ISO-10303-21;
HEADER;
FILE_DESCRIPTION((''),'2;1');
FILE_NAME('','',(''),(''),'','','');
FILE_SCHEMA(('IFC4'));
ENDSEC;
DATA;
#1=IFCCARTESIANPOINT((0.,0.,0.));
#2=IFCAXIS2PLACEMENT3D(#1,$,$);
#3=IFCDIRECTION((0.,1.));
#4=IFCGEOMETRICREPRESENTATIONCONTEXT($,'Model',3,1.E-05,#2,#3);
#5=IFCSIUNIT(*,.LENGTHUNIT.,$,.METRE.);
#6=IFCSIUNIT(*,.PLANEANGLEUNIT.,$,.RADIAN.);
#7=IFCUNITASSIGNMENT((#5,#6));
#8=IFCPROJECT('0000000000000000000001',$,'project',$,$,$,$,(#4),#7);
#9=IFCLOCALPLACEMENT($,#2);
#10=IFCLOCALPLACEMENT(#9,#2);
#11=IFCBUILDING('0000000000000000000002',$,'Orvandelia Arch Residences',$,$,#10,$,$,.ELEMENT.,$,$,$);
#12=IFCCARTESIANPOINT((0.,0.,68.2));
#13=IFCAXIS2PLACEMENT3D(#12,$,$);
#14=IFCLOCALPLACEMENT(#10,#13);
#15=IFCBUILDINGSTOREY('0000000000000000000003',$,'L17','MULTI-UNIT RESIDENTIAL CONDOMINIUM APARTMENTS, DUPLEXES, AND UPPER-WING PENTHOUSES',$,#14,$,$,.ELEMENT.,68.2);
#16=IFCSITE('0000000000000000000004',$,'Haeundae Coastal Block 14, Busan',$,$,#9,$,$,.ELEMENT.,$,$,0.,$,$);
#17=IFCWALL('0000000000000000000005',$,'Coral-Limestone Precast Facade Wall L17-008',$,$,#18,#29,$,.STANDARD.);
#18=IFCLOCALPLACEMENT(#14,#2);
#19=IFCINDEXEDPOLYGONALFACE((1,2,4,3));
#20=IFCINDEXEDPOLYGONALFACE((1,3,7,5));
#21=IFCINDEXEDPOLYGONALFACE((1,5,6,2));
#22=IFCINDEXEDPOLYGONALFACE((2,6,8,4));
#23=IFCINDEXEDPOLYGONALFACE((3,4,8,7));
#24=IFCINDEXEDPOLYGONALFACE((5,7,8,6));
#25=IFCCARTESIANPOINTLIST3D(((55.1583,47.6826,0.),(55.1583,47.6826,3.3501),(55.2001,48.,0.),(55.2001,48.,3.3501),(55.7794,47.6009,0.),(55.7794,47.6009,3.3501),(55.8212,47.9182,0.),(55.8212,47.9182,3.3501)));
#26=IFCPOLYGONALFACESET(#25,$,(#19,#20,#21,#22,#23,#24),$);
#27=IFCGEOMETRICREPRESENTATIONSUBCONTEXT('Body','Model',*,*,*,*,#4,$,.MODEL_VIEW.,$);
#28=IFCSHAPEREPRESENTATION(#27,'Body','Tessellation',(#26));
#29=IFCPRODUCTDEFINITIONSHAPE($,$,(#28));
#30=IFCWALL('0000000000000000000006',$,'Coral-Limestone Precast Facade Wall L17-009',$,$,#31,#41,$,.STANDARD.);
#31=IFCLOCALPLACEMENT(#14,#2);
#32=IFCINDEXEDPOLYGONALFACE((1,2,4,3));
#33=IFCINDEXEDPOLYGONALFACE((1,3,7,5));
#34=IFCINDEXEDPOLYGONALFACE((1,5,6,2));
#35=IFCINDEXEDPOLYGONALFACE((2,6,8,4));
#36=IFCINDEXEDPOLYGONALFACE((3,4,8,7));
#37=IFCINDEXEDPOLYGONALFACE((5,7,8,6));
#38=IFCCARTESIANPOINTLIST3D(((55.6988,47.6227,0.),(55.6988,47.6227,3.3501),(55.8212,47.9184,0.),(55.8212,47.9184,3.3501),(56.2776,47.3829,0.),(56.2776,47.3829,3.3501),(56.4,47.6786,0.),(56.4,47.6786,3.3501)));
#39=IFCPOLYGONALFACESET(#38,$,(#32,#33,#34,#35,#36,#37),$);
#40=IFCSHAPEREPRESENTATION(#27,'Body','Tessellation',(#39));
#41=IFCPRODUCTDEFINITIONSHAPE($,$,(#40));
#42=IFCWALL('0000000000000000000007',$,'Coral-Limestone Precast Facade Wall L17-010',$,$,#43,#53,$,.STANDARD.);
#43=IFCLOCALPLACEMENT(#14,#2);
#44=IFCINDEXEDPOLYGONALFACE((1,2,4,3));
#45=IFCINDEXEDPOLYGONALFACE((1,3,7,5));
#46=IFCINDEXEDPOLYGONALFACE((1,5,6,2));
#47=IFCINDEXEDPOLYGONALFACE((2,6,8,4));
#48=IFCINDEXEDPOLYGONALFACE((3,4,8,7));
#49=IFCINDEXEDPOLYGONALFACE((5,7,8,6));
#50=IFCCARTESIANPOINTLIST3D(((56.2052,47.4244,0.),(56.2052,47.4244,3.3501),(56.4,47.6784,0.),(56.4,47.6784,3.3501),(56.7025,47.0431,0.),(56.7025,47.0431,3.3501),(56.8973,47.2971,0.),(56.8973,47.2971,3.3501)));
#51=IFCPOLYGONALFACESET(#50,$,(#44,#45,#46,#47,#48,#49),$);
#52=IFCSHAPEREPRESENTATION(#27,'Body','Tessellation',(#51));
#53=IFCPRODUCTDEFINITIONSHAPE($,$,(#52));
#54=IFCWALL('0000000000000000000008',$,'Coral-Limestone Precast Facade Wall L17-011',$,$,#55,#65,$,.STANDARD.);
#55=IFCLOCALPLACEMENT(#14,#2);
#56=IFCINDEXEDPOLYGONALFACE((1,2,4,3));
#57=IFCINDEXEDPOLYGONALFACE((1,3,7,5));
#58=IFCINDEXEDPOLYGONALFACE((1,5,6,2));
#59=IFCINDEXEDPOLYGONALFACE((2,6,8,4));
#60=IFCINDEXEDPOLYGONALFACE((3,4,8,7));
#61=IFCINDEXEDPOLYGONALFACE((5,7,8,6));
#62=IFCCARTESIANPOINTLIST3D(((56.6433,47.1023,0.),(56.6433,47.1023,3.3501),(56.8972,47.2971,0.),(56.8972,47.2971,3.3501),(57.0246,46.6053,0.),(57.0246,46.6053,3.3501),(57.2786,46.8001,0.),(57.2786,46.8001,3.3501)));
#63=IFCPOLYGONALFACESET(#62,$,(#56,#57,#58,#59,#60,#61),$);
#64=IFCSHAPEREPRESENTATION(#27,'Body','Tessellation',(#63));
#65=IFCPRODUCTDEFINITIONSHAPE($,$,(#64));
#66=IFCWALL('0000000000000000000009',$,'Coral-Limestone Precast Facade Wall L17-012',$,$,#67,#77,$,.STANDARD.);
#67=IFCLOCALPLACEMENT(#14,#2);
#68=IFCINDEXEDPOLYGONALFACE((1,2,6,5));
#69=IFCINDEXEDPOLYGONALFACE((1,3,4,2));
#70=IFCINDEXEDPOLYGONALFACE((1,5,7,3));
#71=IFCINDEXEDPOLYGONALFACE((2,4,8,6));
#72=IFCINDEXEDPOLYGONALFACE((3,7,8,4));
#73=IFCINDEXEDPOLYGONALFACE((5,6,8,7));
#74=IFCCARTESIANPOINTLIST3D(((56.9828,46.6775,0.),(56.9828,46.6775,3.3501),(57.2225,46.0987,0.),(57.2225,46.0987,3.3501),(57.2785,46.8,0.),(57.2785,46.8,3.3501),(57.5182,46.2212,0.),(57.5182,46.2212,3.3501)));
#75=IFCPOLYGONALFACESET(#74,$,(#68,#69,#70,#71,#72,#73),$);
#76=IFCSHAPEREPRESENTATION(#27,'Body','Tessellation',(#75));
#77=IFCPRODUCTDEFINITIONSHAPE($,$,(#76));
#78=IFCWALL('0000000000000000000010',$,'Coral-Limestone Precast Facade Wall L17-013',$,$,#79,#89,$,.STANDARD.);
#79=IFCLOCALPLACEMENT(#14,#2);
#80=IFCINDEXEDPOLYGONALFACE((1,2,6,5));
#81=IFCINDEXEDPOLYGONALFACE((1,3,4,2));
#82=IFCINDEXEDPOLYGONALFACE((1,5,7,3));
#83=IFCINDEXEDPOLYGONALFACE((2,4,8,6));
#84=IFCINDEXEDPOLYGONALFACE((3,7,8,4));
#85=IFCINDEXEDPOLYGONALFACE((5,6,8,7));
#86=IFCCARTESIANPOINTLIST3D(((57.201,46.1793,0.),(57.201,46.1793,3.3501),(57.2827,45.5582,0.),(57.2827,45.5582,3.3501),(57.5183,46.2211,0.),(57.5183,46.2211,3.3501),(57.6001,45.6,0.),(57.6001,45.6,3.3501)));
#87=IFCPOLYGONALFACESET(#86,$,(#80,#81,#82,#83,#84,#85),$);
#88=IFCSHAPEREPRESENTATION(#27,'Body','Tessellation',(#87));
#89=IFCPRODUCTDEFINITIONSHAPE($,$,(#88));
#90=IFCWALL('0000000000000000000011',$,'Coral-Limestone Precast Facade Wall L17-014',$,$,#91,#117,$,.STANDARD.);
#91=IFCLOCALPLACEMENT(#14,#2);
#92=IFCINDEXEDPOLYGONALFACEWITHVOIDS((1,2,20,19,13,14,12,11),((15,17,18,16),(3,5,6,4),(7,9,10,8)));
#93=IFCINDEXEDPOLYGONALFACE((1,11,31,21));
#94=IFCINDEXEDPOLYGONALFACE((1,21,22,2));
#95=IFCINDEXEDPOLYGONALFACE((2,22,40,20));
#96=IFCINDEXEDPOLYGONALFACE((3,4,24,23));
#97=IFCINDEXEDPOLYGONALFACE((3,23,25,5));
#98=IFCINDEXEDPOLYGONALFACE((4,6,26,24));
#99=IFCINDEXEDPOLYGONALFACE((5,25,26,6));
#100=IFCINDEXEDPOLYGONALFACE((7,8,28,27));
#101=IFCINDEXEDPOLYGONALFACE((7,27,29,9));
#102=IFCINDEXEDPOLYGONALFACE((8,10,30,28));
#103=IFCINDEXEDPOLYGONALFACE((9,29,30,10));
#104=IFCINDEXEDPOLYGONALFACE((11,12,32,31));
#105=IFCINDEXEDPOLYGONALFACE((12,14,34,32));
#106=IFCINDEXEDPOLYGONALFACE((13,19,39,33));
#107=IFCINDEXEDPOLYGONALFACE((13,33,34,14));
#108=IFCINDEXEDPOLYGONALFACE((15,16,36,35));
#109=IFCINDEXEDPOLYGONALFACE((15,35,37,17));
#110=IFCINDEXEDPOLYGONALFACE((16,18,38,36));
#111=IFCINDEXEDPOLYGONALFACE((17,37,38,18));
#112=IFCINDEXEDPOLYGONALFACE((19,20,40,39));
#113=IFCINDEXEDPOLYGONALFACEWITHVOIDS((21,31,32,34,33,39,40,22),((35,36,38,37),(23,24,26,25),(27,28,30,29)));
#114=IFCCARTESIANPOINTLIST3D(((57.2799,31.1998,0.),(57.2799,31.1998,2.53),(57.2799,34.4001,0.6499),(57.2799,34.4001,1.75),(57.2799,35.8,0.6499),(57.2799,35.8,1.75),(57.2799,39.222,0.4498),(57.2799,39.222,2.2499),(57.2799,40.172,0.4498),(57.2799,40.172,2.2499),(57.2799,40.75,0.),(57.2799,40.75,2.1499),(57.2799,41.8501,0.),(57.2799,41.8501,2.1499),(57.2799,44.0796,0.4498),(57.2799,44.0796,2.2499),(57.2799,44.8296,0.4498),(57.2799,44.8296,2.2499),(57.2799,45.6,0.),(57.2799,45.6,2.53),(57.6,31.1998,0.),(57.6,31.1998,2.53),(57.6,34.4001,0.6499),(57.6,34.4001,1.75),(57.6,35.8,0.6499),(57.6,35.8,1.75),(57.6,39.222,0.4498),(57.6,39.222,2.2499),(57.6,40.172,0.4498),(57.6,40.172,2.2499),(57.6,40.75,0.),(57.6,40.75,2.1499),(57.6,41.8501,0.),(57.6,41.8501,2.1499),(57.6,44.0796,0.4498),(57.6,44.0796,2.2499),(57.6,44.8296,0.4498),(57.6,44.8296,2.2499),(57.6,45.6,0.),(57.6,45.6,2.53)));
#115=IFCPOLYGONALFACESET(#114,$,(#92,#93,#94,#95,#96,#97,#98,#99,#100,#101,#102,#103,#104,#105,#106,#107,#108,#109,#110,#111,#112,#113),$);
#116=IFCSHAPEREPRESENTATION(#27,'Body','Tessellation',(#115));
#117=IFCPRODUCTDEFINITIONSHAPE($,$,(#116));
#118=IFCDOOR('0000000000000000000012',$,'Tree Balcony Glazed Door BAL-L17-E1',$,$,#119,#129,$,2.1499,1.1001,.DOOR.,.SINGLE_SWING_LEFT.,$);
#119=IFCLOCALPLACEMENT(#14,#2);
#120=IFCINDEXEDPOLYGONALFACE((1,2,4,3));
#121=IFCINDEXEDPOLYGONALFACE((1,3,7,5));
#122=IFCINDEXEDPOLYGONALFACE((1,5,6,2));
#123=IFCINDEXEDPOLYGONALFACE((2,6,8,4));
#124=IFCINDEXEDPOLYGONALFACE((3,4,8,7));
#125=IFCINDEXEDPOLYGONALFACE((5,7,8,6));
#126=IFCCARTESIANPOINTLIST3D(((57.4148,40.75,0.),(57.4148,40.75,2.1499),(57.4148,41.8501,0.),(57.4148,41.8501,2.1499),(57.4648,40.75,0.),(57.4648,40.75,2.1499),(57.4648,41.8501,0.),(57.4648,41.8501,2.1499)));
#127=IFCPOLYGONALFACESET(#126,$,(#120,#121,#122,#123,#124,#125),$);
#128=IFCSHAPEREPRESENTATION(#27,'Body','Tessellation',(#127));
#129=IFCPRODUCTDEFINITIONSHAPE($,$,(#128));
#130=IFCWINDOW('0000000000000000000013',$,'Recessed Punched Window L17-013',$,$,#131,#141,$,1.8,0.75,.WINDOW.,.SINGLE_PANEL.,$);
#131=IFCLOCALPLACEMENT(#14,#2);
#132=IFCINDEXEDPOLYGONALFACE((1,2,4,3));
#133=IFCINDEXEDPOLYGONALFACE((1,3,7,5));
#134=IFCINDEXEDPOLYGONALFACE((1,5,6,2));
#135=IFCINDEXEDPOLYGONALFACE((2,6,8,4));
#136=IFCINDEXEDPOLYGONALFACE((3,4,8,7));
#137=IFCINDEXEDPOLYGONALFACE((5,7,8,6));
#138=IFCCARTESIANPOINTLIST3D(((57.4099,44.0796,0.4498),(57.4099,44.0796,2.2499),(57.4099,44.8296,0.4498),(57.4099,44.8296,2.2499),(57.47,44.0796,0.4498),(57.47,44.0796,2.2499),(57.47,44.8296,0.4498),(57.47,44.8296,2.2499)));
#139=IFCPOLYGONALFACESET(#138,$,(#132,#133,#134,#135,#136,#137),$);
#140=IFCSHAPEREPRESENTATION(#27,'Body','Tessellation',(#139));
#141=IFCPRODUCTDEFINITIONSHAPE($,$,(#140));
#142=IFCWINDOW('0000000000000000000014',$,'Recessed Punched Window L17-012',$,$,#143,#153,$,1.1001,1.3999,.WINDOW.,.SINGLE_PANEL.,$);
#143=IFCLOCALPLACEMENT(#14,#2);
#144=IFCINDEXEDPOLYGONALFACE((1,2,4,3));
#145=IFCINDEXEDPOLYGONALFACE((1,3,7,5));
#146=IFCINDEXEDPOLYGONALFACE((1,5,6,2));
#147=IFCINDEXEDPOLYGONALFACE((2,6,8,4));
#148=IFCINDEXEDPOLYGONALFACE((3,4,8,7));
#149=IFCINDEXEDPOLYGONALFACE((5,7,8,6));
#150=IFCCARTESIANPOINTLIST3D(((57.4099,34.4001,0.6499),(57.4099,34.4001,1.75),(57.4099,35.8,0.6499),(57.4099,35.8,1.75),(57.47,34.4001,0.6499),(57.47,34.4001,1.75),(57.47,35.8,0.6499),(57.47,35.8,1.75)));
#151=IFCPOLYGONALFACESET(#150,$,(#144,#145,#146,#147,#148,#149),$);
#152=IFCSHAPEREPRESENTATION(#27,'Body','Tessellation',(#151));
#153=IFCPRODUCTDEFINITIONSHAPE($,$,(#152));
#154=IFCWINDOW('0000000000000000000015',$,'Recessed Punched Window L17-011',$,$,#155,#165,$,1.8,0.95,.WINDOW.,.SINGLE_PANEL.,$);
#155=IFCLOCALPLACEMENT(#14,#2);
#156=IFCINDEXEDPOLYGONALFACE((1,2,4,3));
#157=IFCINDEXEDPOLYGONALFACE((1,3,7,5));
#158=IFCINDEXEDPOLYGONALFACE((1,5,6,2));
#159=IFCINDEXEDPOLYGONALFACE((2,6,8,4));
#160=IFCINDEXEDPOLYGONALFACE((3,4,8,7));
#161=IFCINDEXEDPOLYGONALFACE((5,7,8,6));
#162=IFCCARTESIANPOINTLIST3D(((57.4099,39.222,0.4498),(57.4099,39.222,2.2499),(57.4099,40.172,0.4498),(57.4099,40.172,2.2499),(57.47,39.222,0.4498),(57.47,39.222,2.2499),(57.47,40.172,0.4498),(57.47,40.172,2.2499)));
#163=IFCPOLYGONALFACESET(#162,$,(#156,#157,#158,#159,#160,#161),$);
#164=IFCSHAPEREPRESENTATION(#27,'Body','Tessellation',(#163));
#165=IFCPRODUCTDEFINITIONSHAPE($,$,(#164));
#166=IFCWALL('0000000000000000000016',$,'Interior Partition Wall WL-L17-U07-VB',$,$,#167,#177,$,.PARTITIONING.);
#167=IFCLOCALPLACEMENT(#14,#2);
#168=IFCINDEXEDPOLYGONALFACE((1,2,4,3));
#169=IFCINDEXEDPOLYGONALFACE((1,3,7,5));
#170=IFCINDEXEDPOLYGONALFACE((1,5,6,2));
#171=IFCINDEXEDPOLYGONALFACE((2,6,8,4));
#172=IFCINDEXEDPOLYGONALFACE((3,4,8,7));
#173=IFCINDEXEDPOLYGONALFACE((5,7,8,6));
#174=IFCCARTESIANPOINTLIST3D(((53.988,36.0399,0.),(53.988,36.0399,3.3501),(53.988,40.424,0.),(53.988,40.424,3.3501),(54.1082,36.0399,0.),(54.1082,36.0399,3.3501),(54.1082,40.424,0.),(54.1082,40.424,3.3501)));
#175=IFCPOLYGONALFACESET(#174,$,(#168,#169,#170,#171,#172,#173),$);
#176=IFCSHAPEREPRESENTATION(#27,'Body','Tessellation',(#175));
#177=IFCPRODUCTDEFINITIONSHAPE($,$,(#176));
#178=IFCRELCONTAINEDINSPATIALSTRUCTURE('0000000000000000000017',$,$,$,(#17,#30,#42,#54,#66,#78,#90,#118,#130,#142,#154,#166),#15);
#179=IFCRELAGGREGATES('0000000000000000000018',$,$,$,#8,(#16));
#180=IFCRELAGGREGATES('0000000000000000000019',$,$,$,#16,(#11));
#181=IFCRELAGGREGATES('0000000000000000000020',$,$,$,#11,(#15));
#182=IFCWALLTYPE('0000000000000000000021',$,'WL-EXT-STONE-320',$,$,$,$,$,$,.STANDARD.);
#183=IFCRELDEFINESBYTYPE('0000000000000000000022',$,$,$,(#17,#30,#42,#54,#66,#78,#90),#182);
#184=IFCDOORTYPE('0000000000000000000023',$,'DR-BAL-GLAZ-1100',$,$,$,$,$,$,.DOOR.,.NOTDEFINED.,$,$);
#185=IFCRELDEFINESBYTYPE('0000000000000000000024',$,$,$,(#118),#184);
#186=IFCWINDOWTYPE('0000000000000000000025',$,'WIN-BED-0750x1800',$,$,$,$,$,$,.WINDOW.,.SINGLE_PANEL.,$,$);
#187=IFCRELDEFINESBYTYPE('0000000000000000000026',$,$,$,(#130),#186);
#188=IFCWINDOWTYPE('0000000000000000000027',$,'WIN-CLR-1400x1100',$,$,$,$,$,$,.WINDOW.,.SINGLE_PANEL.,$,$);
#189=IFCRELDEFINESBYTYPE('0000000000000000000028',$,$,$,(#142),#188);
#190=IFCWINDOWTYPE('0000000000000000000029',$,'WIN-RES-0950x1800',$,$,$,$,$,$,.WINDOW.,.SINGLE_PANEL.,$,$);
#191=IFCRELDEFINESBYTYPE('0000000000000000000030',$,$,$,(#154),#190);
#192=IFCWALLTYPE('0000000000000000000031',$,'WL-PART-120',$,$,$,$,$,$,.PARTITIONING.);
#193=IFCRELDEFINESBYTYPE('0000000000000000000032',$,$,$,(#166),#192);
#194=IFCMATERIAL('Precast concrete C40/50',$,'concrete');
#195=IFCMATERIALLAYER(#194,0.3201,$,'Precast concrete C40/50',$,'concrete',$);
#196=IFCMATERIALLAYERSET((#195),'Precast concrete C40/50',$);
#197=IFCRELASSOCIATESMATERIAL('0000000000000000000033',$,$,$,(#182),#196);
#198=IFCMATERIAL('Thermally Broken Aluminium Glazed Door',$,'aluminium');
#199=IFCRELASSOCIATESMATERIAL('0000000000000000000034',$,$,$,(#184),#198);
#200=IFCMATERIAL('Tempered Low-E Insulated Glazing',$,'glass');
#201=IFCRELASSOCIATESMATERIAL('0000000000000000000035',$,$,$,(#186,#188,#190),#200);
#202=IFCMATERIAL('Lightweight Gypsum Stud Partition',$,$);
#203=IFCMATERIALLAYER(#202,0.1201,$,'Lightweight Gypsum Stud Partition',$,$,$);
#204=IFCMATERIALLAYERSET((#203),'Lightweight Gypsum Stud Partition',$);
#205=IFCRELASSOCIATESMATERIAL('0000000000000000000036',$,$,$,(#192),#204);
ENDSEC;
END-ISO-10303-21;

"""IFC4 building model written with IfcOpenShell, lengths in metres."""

from ifc_helpers import new_model, si_unit, direction, frame, frame_2d, origin, place, context, subcontext, project, spatial, rectangle, extrude, material, layer, layer_set, type_object, element, fill, save


model = new_model("IFC4")

# Units and contexts
model_context = context("Model", 3, precision=1e-05, world=origin(), true_north=direction((0.0, 1.0)))
body_context = subcontext(model_context, "Body", "Model", "MODEL_VIEW")
ifc_project = project(units=[si_unit("LENGTHUNIT", "METRE"), si_unit("PLANEANGLEUNIT", "RADIAN")], contexts=[model_context])

# Site, building, storey
site_placement = place(None, origin())
site = spatial("IfcSite", under=ifc_project, at=site_placement, Name="Haeundae Coastal Block 14, Busan", CompositionType="ELEMENT", RefElevation=0.0)
building_placement = place(site_placement, origin())
building = spatial("IfcBuilding", under=site, at=building_placement, Name="Orvandelia Arch Residences", CompositionType="ELEMENT")
storey_placement = place(building_placement, frame((0.0, 0.0, 68.2)))
storey = spatial("IfcBuildingStorey", under=building, at=storey_placement, Name="L17", Description="MULTI-UNIT RESIDENTIAL CONDOMINIUM APARTMENTS, DUPLEXES, AND UPPER-WING PENTHOUSES", CompositionType="ELEMENT", Elevation=68.2)

# Walls
ifc_material_1 = material(Name="Precast concrete C40/50", Category="concrete")
ifc_layer_1 = layer(ifc_material_1, 0.3201, Name="Precast concrete C40/50", Category="concrete")
ifc_layer_set_1 = layer_set([ifc_layer_1], Name="Precast concrete C40/50")
wall_type_1 = type_object("IfcWallType", Name="WL-EXT-STONE-320", PredefinedType="STANDARD", material=ifc_layer_set_1)
for number, where, z_axis, x_axis, name in (
    (1, (55.1792, 47.8413, 0.0), (0.0, 0.0, 1.0), (0.991441, -0.130555, 0.0), "Coral-Limestone Precast Facade Wall L17-008"),
    (2, (55.76, 47.7705, 0.0), (0.0, 0.0, 1.0), (0.923893, -0.38265, 0.0), "Coral-Limestone Precast Facade Wall L17-009"),
):
    element("IfcWall", number, at=place(storey_placement, frame(where, z_axis=z_axis, x_axis=x_axis)), inside=storey, type_object=wall_type_1, Name=name, PredefinedType="STANDARD", context=body_context, shape_type="SweptSolid", body=[
        extrude(rectangle(XDim=0.6265, YDim=0.3201, at=frame_2d((0.3132, 0.0))), origin(), (0.0, 0.0, 1.0), 3.3501),
    ])
wall_1_placement = place(storey_placement, frame((56.3025, 47.5515, 0.0), z_axis=(0.0, 0.0, 1.0), x_axis=(0.79355, -0.608505, 0.0)))
element("IfcWall", 3, at=wall_1_placement, inside=storey, type_object=wall_type_1, Name="Coral-Limestone Precast Facade Wall L17-010", PredefinedType="STANDARD", context=body_context, shape_type="SweptSolid", body=[
    extrude(rectangle(XDim=0.6267, YDim=0.3201, at=frame_2d((0.3135, 0.0))), origin(), (0.0, 0.0, 1.0), 3.3501),
])
for number, where, z_axis, x_axis, name in (
    (4, (56.7703, 47.1997, 0.0), (0.0, 0.0, 1.0), (0.608693, -0.793406, 0.0), "Coral-Limestone Precast Facade Wall L17-011"),
    (5, (57.1306, 46.7388, 0.0), (0.0, 0.0, 1.0), (0.38265, -0.923893, 0.0), "Coral-Limestone Precast Facade Wall L17-012"),
    (6, (57.3596, 46.2002, 0.0), (0.0, 0.0, 1.0), (0.130555, -0.991441, 0.0), "Coral-Limestone Precast Facade Wall L17-013"),
):
    element("IfcWall", number, at=place(storey_placement, frame(where, z_axis=z_axis, x_axis=x_axis)), inside=storey, type_object=wall_type_1, Name=name, PredefinedType="STANDARD", context=body_context, shape_type="SweptSolid", body=[
        extrude(rectangle(XDim=0.6265, YDim=0.3201, at=frame_2d((0.3132, 0.0))), origin(), (0.0, 0.0, 1.0), 3.3501),
    ])

# Wall, openings, door, windows
wall_2_placement = place(storey_placement, frame((57.4399, 45.6001, 0.0), z_axis=(0.0, 0.0, 1.0), x_axis=(0.0, -1.0, 0.0)))
wall_2 = element("IfcWall", 7, at=wall_2_placement, inside=storey, type_object=wall_type_1, Name="Coral-Limestone Precast Facade Wall L17-014", PredefinedType="STANDARD", context=body_context, shape_type="SweptSolid", body=[
    extrude(rectangle(XDim=14.4001, YDim=0.3201, at=frame_2d((7.2002, 0.0))), origin(), (0.0, 0.0, 1.0), 2.53),
])
opening_1_placement = place(wall_2_placement, frame((3.75, 0.0, 0.0)))
opening_1 = element("IfcOpeningElement", 8, at=opening_1_placement, cuts=wall_2, PredefinedType="OPENING", context=body_context, shape_type="SweptSolid", body=[
    extrude(rectangle(XDim=1.1001, YDim=2.1499, at=frame_2d((0.55, 1.075))), frame((0.0, 0.1699, 0.0), z_axis=(0.0, -1.0, 0.0), x_axis=(1.0, 0.0, 0.0)), (0.0, 0.0, 1.0), 0.3401),
])
opening_2_placement = place(wall_2_placement, frame((5.428, 0.0, 0.45)))
opening_2 = element("IfcOpeningElement", 9, at=opening_2_placement, cuts=wall_2, PredefinedType="OPENING", context=body_context, shape_type="SweptSolid", body=[
    extrude(rectangle(XDim=0.95, YDim=1.8, at=frame_2d((0.4751, 0.8999))), frame((0.0, 0.1699, 0.0), z_axis=(0.0, -1.0, 0.0), x_axis=(1.0, 0.0, 0.0)), (0.0, 0.0, 1.0), 0.3401),
])
opening_3_placement = place(wall_2_placement, frame((9.8, 0.0, 0.6499)))
opening_3 = element("IfcOpeningElement", 10, at=opening_3_placement, cuts=wall_2, PredefinedType="OPENING", context=body_context, shape_type="SweptSolid", body=[
    extrude(rectangle(XDim=1.3999, YDim=1.1001, at=frame_2d((0.7, 0.55))), frame((0.0, 0.1699, 0.0), z_axis=(0.0, -1.0, 0.0), x_axis=(1.0, 0.0, 0.0)), (0.0, 0.0, 1.0), 0.3401),
])
opening_4_placement = place(wall_2_placement, frame((0.7705, 0.0, 0.45)))
opening_4 = element("IfcOpeningElement", 11, at=opening_4_placement, cuts=wall_2, PredefinedType="OPENING", context=body_context, shape_type="SweptSolid", body=[
    extrude(rectangle(XDim=0.75, YDim=1.8, at=frame_2d((0.375, 0.8999))), frame((0.0, 0.1699, 0.0), z_axis=(0.0, -1.0, 0.0), x_axis=(1.0, 0.0, 0.0)), (0.0, 0.0, 1.0), 0.3401),
])
ifc_material_2 = material(Name="Thermally Broken Aluminium Glazed Door", Category="aluminium")
door_type = type_object("IfcDoorType", Name="DR-BAL-GLAZ-1100", OperationType="NOTDEFINED", PredefinedType="DOOR", material=ifc_material_2)
door_placement = place(opening_1_placement, origin())
door = element("IfcDoor", 12, at=door_placement, inside=storey, type_object=door_type, Name="Tree Balcony Glazed Door BAL-L17-E1", OperationType="SINGLE_SWING_LEFT", OverallHeight=2.1499, OverallWidth=1.1001, PredefinedType="DOOR", context=body_context, shape_type="SweptSolid", body=[
    extrude(rectangle(XDim=1.1001, YDim=2.1499, at=frame_2d((0.55, 1.075))), frame((0.0, 0.0249, 0.0), z_axis=(0.0, -1.0, 0.0), x_axis=(1.0, 0.0, 0.0)), (0.0, 0.0, 1.0), 0.05),
])
fill(opening_1, door)
ifc_material_3 = material(Name="Tempered Low-E Insulated Glazing", Category="glass")
window_type_1 = type_object("IfcWindowType", Name="WIN-BED-0750x1800", PartitioningType="SINGLE_PANEL", PredefinedType="WINDOW", material=ifc_material_3)
window_1_placement = place(opening_4_placement, origin())
window_1 = element("IfcWindow", 13, at=window_1_placement, inside=storey, type_object=window_type_1, Name="Recessed Punched Window L17-013", OverallHeight=1.8, OverallWidth=0.75, PartitioningType="SINGLE_PANEL", PredefinedType="WINDOW", context=body_context, shape_type="SweptSolid", body=[
    extrude(rectangle(XDim=0.75, YDim=1.8, at=frame_2d((0.375, 0.8999))), frame((0.0, 0.03, 0.0), z_axis=(0.0, -1.0, 0.0), x_axis=(1.0, 0.0, 0.0)), (0.0, 0.0, 1.0), 0.0601),
])
fill(opening_4, window_1)
window_type_2 = type_object("IfcWindowType", Name="WIN-CLR-1400x1100", PartitioningType="SINGLE_PANEL", PredefinedType="WINDOW", material=ifc_material_3)
window_2_placement = place(opening_3_placement, origin())
window_2 = element("IfcWindow", 14, at=window_2_placement, inside=storey, type_object=window_type_2, Name="Recessed Punched Window L17-012", OverallHeight=1.1001, OverallWidth=1.3999, PartitioningType="SINGLE_PANEL", PredefinedType="WINDOW", context=body_context, shape_type="SweptSolid", body=[
    extrude(rectangle(XDim=1.3999, YDim=1.1001, at=frame_2d((0.7, 0.55))), frame((0.0, 0.03, 0.0), z_axis=(0.0, -1.0, 0.0), x_axis=(1.0, 0.0, 0.0)), (0.0, 0.0, 1.0), 0.0601),
])
fill(opening_3, window_2)
window_type_3 = type_object("IfcWindowType", Name="WIN-RES-0950x1800", PartitioningType="SINGLE_PANEL", PredefinedType="WINDOW", material=ifc_material_3)
window_3_placement = place(opening_2_placement, origin())
window_3 = element("IfcWindow", 15, at=window_3_placement, inside=storey, type_object=window_type_3, Name="Recessed Punched Window L17-011", OverallHeight=1.8, OverallWidth=0.95, PartitioningType="SINGLE_PANEL", PredefinedType="WINDOW", context=body_context, shape_type="SweptSolid", body=[
    extrude(rectangle(XDim=0.95, YDim=1.8, at=frame_2d((0.4751, 0.8999))), frame((0.0, 0.03, 0.0), z_axis=(0.0, -1.0, 0.0), x_axis=(1.0, 0.0, 0.0)), (0.0, 0.0, 1.0), 0.0601),
])
fill(opening_2, window_3)

# Wall
ifc_material_4 = material(Name="Lightweight Gypsum Stud Partition")
ifc_layer_2 = layer(ifc_material_4, 0.1201, Name="Lightweight Gypsum Stud Partition")
ifc_layer_set_2 = layer_set([ifc_layer_2], Name="Lightweight Gypsum Stud Partition")
wall_type_2 = type_object("IfcWallType", Name="WL-PART-120", PredefinedType="PARTITIONING", material=ifc_layer_set_2)
wall_3_placement = place(storey_placement, frame((54.0481, 36.04, 0.0), z_axis=(0.0, 0.0, 1.0), x_axis=(0.0, 1.0, 0.0)))
element("IfcWall", 16, at=wall_3_placement, inside=storey, type_object=wall_type_2, Name="Interior Partition Wall WL-L17-U07-VB", PredefinedType="PARTITIONING", context=body_context, shape_type="SweptSolid", body=[
    extrude(rectangle(XDim=4.384, YDim=0.1201, at=frame_2d((2.1919, 0.0))), origin(), (0.0, 0.0, 1.0), 3.3501),
])

save(model, "model.ifc")
